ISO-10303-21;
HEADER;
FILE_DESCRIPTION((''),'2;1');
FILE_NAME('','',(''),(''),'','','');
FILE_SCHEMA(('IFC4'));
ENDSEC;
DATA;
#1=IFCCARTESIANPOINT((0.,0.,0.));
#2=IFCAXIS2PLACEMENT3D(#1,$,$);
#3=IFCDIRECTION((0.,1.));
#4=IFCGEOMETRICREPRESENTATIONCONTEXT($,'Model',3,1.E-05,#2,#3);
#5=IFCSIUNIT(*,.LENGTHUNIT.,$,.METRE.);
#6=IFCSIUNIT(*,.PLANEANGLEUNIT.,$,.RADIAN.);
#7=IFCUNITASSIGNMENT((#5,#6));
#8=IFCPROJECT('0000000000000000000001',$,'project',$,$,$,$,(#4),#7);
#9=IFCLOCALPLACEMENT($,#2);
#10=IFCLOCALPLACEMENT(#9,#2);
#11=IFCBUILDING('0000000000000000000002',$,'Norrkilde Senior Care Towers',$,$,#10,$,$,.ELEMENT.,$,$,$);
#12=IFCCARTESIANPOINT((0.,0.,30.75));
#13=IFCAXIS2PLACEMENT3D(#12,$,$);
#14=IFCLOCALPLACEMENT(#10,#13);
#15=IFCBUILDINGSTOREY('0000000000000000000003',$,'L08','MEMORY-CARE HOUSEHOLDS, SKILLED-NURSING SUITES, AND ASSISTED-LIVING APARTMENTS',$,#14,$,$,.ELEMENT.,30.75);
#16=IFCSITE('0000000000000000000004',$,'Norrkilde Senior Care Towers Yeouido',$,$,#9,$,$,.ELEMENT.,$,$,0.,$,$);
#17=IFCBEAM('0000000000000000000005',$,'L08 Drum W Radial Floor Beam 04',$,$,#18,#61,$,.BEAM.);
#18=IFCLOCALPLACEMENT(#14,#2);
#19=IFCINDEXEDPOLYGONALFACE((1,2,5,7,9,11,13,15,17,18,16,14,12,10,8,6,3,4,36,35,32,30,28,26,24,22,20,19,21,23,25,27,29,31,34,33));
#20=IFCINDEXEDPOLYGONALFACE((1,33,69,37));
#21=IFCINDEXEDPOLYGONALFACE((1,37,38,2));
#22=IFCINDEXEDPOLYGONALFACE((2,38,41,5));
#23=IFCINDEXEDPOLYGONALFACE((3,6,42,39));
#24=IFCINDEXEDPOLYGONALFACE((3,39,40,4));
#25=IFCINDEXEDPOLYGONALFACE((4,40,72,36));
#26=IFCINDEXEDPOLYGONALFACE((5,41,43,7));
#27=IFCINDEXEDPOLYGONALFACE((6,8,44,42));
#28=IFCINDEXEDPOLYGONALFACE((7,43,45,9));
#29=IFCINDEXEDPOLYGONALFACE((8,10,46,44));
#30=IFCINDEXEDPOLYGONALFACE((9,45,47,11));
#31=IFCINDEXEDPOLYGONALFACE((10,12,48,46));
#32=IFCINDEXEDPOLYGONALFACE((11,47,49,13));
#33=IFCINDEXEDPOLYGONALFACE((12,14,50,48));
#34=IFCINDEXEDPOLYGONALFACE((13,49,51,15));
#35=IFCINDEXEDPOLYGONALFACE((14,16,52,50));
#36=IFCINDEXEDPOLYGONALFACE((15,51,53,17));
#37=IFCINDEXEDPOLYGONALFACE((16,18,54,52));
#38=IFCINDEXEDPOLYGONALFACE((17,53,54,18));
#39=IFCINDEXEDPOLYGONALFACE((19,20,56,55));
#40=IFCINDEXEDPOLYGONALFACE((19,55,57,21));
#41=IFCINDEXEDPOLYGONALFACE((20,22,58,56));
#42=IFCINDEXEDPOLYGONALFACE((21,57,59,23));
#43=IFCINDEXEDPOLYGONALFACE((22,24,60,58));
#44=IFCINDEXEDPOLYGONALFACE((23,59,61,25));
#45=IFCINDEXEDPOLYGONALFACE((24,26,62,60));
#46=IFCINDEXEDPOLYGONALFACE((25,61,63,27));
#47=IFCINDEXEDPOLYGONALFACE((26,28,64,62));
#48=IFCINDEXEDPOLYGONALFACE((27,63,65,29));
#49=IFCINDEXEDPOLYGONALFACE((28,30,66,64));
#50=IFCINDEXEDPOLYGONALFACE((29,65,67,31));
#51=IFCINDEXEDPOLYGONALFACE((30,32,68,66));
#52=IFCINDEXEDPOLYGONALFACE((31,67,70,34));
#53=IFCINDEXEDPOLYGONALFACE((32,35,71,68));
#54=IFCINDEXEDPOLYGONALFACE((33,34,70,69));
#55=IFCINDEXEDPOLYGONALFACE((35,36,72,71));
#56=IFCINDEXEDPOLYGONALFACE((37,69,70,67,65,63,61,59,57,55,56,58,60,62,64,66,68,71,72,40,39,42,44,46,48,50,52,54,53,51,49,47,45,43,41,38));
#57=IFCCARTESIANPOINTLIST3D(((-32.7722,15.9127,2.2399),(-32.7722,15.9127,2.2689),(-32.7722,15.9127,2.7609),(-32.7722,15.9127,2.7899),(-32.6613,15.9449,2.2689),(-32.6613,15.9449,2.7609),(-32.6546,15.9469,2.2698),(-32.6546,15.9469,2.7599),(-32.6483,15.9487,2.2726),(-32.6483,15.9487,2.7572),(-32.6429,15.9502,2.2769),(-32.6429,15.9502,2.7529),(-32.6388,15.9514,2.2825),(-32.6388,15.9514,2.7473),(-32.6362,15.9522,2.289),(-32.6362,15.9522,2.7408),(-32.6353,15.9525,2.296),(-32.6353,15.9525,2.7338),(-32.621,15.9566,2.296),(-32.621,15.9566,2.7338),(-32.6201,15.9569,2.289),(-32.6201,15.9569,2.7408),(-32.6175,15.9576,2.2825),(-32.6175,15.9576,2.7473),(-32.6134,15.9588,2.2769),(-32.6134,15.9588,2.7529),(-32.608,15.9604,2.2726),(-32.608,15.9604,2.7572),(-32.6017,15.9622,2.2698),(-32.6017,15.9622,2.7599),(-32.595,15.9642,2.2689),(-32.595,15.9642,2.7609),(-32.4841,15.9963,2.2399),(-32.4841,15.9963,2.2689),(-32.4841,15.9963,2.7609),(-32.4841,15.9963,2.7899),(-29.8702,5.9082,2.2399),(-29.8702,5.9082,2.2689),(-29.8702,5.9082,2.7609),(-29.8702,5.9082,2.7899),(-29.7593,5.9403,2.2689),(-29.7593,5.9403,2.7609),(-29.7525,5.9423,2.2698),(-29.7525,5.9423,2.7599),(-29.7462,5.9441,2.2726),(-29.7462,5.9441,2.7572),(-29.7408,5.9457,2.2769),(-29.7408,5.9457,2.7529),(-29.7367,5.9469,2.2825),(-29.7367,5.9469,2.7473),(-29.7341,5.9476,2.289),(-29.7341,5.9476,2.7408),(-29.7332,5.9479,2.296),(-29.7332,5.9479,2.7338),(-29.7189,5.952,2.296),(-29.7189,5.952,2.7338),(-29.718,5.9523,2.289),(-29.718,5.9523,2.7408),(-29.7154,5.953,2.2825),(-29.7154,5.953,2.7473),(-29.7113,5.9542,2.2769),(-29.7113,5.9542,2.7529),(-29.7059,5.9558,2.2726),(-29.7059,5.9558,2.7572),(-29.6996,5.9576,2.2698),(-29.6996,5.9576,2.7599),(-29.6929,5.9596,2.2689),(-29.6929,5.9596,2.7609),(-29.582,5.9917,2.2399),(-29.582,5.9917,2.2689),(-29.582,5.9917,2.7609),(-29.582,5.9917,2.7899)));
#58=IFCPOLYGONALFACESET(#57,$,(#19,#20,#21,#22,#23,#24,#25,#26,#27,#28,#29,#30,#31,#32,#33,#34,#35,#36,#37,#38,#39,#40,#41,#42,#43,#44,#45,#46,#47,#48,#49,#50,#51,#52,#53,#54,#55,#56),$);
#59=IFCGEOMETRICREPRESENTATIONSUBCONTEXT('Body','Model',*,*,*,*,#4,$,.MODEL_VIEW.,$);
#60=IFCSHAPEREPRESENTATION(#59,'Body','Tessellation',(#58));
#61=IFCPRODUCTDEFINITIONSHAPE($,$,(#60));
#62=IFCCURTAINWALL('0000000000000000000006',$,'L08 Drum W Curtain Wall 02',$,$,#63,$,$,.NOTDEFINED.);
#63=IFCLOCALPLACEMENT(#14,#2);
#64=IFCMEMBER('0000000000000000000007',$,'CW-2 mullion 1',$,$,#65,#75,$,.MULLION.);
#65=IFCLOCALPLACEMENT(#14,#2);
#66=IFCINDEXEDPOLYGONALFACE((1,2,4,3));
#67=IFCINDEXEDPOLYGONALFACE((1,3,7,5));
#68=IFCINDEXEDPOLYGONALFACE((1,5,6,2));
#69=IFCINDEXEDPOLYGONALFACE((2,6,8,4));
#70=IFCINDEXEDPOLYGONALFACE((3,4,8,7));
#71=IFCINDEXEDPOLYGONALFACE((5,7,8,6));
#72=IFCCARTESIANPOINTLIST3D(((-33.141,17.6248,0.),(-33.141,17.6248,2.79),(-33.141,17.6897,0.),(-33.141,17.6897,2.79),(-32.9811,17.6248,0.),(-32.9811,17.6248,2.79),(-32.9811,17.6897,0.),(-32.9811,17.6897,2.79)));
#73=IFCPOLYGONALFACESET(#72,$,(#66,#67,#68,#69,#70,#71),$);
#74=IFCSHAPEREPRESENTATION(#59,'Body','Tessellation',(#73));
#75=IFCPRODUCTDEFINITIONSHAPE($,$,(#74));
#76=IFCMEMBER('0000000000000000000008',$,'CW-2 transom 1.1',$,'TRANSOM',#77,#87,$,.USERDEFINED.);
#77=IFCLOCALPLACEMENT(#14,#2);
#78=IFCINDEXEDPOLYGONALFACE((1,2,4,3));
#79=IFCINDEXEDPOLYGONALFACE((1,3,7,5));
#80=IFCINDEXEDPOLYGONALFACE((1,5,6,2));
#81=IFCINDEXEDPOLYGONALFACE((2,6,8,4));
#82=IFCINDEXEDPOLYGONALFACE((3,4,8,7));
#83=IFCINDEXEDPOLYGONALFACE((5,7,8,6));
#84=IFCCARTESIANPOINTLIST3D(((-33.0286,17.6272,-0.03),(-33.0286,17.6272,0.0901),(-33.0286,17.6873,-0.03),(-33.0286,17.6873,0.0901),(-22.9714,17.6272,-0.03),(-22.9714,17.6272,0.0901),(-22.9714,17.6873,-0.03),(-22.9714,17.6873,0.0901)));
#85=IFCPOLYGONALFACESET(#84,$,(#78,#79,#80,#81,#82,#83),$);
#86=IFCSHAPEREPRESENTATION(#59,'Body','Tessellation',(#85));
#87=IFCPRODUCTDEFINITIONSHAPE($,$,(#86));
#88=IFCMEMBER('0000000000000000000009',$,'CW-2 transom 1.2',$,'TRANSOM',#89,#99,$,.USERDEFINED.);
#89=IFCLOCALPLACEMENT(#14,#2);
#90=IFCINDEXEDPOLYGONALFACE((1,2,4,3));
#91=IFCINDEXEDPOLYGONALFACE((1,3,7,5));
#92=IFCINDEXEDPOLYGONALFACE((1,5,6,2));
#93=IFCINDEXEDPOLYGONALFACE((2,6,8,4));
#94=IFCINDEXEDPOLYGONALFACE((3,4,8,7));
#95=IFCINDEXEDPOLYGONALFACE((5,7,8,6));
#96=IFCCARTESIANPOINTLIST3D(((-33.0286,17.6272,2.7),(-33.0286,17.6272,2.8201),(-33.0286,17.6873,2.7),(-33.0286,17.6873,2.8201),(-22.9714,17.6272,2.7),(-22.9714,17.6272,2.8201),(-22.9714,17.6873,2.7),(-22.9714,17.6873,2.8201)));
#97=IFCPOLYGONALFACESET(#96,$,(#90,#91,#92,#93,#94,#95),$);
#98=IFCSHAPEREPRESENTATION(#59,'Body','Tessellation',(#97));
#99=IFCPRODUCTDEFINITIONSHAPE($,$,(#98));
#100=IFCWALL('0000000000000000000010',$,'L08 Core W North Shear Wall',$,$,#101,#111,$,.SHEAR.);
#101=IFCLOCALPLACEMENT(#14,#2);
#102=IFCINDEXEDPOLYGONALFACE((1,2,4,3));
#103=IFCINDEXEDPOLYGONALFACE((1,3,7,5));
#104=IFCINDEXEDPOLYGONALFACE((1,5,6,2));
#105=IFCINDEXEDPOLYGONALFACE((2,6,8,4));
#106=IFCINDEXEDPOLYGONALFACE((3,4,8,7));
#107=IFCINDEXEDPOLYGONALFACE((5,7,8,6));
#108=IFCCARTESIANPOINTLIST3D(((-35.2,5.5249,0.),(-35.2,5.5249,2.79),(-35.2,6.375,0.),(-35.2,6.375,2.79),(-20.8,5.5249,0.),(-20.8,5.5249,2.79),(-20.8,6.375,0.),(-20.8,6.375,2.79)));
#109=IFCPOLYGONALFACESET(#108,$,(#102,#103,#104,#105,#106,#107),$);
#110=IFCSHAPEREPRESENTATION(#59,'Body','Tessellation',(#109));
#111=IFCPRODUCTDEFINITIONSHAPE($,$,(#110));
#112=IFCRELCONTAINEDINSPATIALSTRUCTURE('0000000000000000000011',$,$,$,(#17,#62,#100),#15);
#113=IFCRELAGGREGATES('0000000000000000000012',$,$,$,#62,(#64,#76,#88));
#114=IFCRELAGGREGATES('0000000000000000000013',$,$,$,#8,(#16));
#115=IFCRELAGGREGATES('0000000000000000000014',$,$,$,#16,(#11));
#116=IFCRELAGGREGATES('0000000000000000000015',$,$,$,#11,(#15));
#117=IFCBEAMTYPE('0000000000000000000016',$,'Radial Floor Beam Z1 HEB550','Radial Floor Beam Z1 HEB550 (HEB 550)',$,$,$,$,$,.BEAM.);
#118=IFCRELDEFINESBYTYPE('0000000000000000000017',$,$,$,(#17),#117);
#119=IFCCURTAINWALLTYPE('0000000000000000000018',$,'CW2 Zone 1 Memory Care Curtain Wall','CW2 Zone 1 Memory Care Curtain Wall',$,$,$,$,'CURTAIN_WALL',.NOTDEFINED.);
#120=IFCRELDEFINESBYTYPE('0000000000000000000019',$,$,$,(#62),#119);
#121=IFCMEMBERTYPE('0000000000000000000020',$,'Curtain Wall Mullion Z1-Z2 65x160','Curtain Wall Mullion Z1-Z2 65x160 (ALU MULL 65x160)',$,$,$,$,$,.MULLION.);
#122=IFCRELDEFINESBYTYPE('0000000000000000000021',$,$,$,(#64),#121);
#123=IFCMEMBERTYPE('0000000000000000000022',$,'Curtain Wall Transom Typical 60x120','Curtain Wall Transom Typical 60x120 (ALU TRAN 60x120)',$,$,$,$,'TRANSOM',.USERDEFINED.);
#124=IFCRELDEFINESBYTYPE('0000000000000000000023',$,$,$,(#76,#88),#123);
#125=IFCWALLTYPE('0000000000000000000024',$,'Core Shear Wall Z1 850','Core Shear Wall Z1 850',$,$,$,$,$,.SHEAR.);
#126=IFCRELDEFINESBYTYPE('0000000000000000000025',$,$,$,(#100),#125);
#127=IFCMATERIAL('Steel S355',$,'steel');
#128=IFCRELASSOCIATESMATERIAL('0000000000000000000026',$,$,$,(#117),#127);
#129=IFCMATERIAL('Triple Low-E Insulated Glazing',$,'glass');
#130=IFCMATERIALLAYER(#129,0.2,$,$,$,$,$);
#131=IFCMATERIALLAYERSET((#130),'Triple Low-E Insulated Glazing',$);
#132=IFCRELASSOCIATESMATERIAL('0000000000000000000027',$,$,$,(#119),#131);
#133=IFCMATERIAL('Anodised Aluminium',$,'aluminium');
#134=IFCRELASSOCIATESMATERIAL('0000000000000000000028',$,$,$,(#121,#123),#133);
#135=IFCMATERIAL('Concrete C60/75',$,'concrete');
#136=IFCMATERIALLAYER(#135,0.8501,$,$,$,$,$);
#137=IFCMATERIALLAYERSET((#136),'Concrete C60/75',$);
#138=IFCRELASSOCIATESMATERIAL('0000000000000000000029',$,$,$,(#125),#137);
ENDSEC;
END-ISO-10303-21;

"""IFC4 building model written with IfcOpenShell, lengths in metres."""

from ifc_helpers import new_model, si_unit, direction, frame, frame_2d, origin, origin_2d, place, context, subcontext, project, spatial, rectangle, i_section, extrude, source, transform, mapped, material, layer, layer_set, material_profile, profile_set, type_object, type_shapes, element, aggregate, save


model = new_model("IFC4")

# Units and contexts
model_context = context("Model", 3, precision=1e-05, world=origin(), true_north=direction((0.0, 1.0)))
body_context = subcontext(model_context, "Body", "Model", "MODEL_VIEW")
ifc_project = project(units=[si_unit("LENGTHUNIT", "METRE"), si_unit("PLANEANGLEUNIT", "RADIAN")], contexts=[model_context])

# Site, building, storey
site_placement = place(None, origin())
site = spatial("IfcSite", under=ifc_project, at=site_placement, Name="Norrkilde Senior Care Towers Yeouido", CompositionType="ELEMENT", RefElevation=0.0)
building_placement = place(site_placement, origin())
building = spatial("IfcBuilding", under=site, at=building_placement, Name="Norrkilde Senior Care Towers", CompositionType="ELEMENT")
storey_placement = place(building_placement, frame((0.0, 0.0, 30.75)))
storey = spatial("IfcBuildingStorey", under=building, at=storey_placement, Name="L08", Description="MEMORY-CARE HOUSEHOLDS, SKILLED-NURSING SUITES, AND ASSISTED-LIVING APARTMENTS", CompositionType="ELEMENT", Elevation=30.75)

# Shared definitions
ifc_material_1 = material(Name="Concrete C60/75", Category="concrete")

# Beam
ifc_material_2 = material(Name="Steel S355", Category="steel")
ifc_material_profile_1 = material_profile(ifc_material_2, i_section(OverallWidth=0.3, OverallDepth=0.55, WebThickness=0.0149, FlangeThickness=0.0291, FilletRadius=0.0271, at=origin_2d()), Name="HEB 550")
ifc_profile_set_1 = profile_set([ifc_material_profile_1], Name="Steel S355")
beam_type_1 = type_object("IfcBeamType", Name="Radial Floor Beam Z1 HEB550", Description="Radial Floor Beam Z1 HEB550 (HEB 550)", PredefinedType="BEAM", material=ifc_profile_set_1)
shared_shape_1 = source(origin(), body_context, "Body", "SweptSolid", [
    extrude(i_section(OverallWidth=0.3, OverallDepth=0.55, WebThickness=0.0149, FlangeThickness=0.0291, FilletRadius=0.0271, at=origin_2d()), origin(), (0.0, 0.0, 1.0), 10.417),
])
beam_1_placement = place(storey_placement, frame((-29.7261, 5.95, 2.5149), z_axis=(-0.278591, 0.96041, 0.0), x_axis=(-0.96041, -0.278591, 0.0)))
element("IfcBeam", 1, at=beam_1_placement, inside=storey, type_object=beam_type_1, Name="L08 Drum W Radial Floor Beam 04", PredefinedType="BEAM", context=body_context, shape_type="MappedRepresentation", body=[
    mapped(shared_shape_1, transform((0.0, 0.0, 0.0), x_axis=(1.0, 0.0, 0.0), y_axis=(0.0, 1.0, 0.0), z_axis=(0.0, 0.0, 1.0), scale=1.0)),
])

# Curtain wall, members
ifc_material_3 = material(Name="Triple Low-E Insulated Glazing", Category="glass")
ifc_layer_1 = layer(ifc_material_3, 0.2)
ifc_layer_set_1 = layer_set([ifc_layer_1], Name="Triple Low-E Insulated Glazing")
curtain_wall_type = type_object("IfcCurtainWallType", Name="CW2 Zone 1 Memory Care Curtain Wall", Description="CW2 Zone 1 Memory Care Curtain Wall", ElementType="CURTAIN_WALL", PredefinedType="NOTDEFINED", material=ifc_layer_set_1)
curtain_wall_placement = place(storey_placement, origin())
curtain_wall = element("IfcCurtainWall", 2, at=curtain_wall_placement, inside=storey, type_object=curtain_wall_type, Name="L08 Drum W Curtain Wall 02", PredefinedType="NOTDEFINED")
ifc_material_4 = material(Name="Anodised Aluminium", Category="aluminium")
ifc_material_profile_2 = material_profile(ifc_material_4, rectangle(XDim=0.0649, YDim=0.1599, at=origin_2d()), Name="ALU MULL 65x160")
ifc_profile_set_2 = profile_set([ifc_material_profile_2], Name="Anodised Aluminium")
member_type_1 = type_object("IfcMemberType", Name="Curtain Wall Mullion Z1-Z2 65x160", Description="Curtain Wall Mullion Z1-Z2 65x160 (ALU MULL 65x160)", PredefinedType="MULLION", material=ifc_profile_set_2)
shared_shape_2 = source(origin(), body_context, "Body", "SweptSolid", [
    extrude(rectangle(XDim=0.0649, YDim=0.1599, at=origin_2d()), origin(), (0.0, 0.0, 1.0), 2.79),
])
type_shapes(member_type_1, [shared_shape_2])
member_1_placement = place(storey_placement, frame((-33.061, 17.6572, 0.0), z_axis=(0.0, 0.0, 1.0), x_axis=(0.0, 1.0, 0.0)))
member_1 = element("IfcMember", 3, at=member_1_placement, type_object=member_type_1, Name="CW-2 mullion 1", PredefinedType="MULLION", context=body_context, shape_type="MappedRepresentation", body=[
    mapped(shared_shape_2, transform((0.0, 0.0, 0.0), x_axis=(1.0, 0.0, 0.0), y_axis=(0.0, 1.0, 0.0), z_axis=(0.0, 0.0, 1.0), scale=1.0)),
])
ifc_material_profile_3 = material_profile(ifc_material_4, rectangle(XDim=0.0601, YDim=0.1201, at=origin_2d()), Name="ALU TRAN 60x120")
ifc_profile_set_3 = profile_set([ifc_material_profile_3], Name="Anodised Aluminium")
member_type_2 = type_object("IfcMemberType", Name="Curtain Wall Transom Typical 60x120", Description="Curtain Wall Transom Typical 60x120 (ALU TRAN 60x120)", ElementType="TRANSOM", PredefinedType="USERDEFINED", material=ifc_profile_set_3)
shared_shape_3 = source(origin(), body_context, "Body", "SweptSolid", [
    extrude(rectangle(XDim=0.0601, YDim=0.1201, at=origin_2d()), origin(), (0.0, 0.0, 1.0), 10.0571),
])
type_shapes(member_type_2, [shared_shape_3])
member_2_placement = place(storey_placement, frame((-33.0286, 17.6572, 0.03), z_axis=(1.0, 0.0, 0.0), x_axis=(0.0, 1.0, 0.0)))
member_2 = element("IfcMember", 4, at=member_2_placement, type_object=member_type_2, Name="CW-2 transom 1.1", ObjectType="TRANSOM", PredefinedType="USERDEFINED", context=body_context, shape_type="MappedRepresentation", body=[
    mapped(shared_shape_3, transform((0.0, 0.0, 0.0), x_axis=(1.0, 0.0, 0.0), y_axis=(0.0, 1.0, 0.0), z_axis=(0.0, 0.0, 1.0), scale=1.0)),
])
member_3_placement = place(storey_placement, frame((-33.0286, 17.6572, 2.76), z_axis=(1.0, 0.0, 0.0), x_axis=(0.0, 1.0, 0.0)))
member_3 = element("IfcMember", 5, at=member_3_placement, type_object=member_type_2, Name="CW-2 transom 1.2", ObjectType="TRANSOM", PredefinedType="USERDEFINED", context=body_context, shape_type="MappedRepresentation", body=[
    mapped(shared_shape_3, transform((0.0, 0.0, 0.0), x_axis=(1.0, 0.0, 0.0), y_axis=(0.0, 1.0, 0.0), z_axis=(0.0, 0.0, 1.0), scale=1.0)),
])
aggregate(curtain_wall, [member_1, member_2, member_3])

# Wall
ifc_layer_2 = layer(ifc_material_1, 0.8501)
ifc_layer_set_2 = layer_set([ifc_layer_2], Name="Concrete C60/75")
wall_type_1 = type_object("IfcWallType", Name="Core Shear Wall Z1 850", Description="Core Shear Wall Z1 850", PredefinedType="SHEAR", material=ifc_layer_set_2)
shared_shape_4 = source(origin(), body_context, "Body", "SweptSolid", [
    extrude(rectangle(XDim=14.3999, YDim=0.8501, at=frame_2d((7.2, 0.0))), origin(), (0.0, 0.0, 1.0), 2.79),
])
type_shapes(wall_type_1, [shared_shape_4])
wall_1_placement = place(storey_placement, frame((-35.2, 5.95, 0.0), z_axis=(0.0, 0.0, 1.0), x_axis=(1.0, 0.0, 0.0)))
element("IfcWall", 6, at=wall_1_placement, inside=storey, type_object=wall_type_1, Name="L08 Core W North Shear Wall", PredefinedType="SHEAR", context=body_context, shape_type="MappedRepresentation", body=[
    mapped(shared_shape_4, transform((0.0, 0.0, 0.0), x_axis=(1.0, 0.0, 0.0), y_axis=(0.0, 1.0, 0.0), z_axis=(0.0, 0.0, 1.0), scale=1.0)),
])

save(model, "model.ifc")
